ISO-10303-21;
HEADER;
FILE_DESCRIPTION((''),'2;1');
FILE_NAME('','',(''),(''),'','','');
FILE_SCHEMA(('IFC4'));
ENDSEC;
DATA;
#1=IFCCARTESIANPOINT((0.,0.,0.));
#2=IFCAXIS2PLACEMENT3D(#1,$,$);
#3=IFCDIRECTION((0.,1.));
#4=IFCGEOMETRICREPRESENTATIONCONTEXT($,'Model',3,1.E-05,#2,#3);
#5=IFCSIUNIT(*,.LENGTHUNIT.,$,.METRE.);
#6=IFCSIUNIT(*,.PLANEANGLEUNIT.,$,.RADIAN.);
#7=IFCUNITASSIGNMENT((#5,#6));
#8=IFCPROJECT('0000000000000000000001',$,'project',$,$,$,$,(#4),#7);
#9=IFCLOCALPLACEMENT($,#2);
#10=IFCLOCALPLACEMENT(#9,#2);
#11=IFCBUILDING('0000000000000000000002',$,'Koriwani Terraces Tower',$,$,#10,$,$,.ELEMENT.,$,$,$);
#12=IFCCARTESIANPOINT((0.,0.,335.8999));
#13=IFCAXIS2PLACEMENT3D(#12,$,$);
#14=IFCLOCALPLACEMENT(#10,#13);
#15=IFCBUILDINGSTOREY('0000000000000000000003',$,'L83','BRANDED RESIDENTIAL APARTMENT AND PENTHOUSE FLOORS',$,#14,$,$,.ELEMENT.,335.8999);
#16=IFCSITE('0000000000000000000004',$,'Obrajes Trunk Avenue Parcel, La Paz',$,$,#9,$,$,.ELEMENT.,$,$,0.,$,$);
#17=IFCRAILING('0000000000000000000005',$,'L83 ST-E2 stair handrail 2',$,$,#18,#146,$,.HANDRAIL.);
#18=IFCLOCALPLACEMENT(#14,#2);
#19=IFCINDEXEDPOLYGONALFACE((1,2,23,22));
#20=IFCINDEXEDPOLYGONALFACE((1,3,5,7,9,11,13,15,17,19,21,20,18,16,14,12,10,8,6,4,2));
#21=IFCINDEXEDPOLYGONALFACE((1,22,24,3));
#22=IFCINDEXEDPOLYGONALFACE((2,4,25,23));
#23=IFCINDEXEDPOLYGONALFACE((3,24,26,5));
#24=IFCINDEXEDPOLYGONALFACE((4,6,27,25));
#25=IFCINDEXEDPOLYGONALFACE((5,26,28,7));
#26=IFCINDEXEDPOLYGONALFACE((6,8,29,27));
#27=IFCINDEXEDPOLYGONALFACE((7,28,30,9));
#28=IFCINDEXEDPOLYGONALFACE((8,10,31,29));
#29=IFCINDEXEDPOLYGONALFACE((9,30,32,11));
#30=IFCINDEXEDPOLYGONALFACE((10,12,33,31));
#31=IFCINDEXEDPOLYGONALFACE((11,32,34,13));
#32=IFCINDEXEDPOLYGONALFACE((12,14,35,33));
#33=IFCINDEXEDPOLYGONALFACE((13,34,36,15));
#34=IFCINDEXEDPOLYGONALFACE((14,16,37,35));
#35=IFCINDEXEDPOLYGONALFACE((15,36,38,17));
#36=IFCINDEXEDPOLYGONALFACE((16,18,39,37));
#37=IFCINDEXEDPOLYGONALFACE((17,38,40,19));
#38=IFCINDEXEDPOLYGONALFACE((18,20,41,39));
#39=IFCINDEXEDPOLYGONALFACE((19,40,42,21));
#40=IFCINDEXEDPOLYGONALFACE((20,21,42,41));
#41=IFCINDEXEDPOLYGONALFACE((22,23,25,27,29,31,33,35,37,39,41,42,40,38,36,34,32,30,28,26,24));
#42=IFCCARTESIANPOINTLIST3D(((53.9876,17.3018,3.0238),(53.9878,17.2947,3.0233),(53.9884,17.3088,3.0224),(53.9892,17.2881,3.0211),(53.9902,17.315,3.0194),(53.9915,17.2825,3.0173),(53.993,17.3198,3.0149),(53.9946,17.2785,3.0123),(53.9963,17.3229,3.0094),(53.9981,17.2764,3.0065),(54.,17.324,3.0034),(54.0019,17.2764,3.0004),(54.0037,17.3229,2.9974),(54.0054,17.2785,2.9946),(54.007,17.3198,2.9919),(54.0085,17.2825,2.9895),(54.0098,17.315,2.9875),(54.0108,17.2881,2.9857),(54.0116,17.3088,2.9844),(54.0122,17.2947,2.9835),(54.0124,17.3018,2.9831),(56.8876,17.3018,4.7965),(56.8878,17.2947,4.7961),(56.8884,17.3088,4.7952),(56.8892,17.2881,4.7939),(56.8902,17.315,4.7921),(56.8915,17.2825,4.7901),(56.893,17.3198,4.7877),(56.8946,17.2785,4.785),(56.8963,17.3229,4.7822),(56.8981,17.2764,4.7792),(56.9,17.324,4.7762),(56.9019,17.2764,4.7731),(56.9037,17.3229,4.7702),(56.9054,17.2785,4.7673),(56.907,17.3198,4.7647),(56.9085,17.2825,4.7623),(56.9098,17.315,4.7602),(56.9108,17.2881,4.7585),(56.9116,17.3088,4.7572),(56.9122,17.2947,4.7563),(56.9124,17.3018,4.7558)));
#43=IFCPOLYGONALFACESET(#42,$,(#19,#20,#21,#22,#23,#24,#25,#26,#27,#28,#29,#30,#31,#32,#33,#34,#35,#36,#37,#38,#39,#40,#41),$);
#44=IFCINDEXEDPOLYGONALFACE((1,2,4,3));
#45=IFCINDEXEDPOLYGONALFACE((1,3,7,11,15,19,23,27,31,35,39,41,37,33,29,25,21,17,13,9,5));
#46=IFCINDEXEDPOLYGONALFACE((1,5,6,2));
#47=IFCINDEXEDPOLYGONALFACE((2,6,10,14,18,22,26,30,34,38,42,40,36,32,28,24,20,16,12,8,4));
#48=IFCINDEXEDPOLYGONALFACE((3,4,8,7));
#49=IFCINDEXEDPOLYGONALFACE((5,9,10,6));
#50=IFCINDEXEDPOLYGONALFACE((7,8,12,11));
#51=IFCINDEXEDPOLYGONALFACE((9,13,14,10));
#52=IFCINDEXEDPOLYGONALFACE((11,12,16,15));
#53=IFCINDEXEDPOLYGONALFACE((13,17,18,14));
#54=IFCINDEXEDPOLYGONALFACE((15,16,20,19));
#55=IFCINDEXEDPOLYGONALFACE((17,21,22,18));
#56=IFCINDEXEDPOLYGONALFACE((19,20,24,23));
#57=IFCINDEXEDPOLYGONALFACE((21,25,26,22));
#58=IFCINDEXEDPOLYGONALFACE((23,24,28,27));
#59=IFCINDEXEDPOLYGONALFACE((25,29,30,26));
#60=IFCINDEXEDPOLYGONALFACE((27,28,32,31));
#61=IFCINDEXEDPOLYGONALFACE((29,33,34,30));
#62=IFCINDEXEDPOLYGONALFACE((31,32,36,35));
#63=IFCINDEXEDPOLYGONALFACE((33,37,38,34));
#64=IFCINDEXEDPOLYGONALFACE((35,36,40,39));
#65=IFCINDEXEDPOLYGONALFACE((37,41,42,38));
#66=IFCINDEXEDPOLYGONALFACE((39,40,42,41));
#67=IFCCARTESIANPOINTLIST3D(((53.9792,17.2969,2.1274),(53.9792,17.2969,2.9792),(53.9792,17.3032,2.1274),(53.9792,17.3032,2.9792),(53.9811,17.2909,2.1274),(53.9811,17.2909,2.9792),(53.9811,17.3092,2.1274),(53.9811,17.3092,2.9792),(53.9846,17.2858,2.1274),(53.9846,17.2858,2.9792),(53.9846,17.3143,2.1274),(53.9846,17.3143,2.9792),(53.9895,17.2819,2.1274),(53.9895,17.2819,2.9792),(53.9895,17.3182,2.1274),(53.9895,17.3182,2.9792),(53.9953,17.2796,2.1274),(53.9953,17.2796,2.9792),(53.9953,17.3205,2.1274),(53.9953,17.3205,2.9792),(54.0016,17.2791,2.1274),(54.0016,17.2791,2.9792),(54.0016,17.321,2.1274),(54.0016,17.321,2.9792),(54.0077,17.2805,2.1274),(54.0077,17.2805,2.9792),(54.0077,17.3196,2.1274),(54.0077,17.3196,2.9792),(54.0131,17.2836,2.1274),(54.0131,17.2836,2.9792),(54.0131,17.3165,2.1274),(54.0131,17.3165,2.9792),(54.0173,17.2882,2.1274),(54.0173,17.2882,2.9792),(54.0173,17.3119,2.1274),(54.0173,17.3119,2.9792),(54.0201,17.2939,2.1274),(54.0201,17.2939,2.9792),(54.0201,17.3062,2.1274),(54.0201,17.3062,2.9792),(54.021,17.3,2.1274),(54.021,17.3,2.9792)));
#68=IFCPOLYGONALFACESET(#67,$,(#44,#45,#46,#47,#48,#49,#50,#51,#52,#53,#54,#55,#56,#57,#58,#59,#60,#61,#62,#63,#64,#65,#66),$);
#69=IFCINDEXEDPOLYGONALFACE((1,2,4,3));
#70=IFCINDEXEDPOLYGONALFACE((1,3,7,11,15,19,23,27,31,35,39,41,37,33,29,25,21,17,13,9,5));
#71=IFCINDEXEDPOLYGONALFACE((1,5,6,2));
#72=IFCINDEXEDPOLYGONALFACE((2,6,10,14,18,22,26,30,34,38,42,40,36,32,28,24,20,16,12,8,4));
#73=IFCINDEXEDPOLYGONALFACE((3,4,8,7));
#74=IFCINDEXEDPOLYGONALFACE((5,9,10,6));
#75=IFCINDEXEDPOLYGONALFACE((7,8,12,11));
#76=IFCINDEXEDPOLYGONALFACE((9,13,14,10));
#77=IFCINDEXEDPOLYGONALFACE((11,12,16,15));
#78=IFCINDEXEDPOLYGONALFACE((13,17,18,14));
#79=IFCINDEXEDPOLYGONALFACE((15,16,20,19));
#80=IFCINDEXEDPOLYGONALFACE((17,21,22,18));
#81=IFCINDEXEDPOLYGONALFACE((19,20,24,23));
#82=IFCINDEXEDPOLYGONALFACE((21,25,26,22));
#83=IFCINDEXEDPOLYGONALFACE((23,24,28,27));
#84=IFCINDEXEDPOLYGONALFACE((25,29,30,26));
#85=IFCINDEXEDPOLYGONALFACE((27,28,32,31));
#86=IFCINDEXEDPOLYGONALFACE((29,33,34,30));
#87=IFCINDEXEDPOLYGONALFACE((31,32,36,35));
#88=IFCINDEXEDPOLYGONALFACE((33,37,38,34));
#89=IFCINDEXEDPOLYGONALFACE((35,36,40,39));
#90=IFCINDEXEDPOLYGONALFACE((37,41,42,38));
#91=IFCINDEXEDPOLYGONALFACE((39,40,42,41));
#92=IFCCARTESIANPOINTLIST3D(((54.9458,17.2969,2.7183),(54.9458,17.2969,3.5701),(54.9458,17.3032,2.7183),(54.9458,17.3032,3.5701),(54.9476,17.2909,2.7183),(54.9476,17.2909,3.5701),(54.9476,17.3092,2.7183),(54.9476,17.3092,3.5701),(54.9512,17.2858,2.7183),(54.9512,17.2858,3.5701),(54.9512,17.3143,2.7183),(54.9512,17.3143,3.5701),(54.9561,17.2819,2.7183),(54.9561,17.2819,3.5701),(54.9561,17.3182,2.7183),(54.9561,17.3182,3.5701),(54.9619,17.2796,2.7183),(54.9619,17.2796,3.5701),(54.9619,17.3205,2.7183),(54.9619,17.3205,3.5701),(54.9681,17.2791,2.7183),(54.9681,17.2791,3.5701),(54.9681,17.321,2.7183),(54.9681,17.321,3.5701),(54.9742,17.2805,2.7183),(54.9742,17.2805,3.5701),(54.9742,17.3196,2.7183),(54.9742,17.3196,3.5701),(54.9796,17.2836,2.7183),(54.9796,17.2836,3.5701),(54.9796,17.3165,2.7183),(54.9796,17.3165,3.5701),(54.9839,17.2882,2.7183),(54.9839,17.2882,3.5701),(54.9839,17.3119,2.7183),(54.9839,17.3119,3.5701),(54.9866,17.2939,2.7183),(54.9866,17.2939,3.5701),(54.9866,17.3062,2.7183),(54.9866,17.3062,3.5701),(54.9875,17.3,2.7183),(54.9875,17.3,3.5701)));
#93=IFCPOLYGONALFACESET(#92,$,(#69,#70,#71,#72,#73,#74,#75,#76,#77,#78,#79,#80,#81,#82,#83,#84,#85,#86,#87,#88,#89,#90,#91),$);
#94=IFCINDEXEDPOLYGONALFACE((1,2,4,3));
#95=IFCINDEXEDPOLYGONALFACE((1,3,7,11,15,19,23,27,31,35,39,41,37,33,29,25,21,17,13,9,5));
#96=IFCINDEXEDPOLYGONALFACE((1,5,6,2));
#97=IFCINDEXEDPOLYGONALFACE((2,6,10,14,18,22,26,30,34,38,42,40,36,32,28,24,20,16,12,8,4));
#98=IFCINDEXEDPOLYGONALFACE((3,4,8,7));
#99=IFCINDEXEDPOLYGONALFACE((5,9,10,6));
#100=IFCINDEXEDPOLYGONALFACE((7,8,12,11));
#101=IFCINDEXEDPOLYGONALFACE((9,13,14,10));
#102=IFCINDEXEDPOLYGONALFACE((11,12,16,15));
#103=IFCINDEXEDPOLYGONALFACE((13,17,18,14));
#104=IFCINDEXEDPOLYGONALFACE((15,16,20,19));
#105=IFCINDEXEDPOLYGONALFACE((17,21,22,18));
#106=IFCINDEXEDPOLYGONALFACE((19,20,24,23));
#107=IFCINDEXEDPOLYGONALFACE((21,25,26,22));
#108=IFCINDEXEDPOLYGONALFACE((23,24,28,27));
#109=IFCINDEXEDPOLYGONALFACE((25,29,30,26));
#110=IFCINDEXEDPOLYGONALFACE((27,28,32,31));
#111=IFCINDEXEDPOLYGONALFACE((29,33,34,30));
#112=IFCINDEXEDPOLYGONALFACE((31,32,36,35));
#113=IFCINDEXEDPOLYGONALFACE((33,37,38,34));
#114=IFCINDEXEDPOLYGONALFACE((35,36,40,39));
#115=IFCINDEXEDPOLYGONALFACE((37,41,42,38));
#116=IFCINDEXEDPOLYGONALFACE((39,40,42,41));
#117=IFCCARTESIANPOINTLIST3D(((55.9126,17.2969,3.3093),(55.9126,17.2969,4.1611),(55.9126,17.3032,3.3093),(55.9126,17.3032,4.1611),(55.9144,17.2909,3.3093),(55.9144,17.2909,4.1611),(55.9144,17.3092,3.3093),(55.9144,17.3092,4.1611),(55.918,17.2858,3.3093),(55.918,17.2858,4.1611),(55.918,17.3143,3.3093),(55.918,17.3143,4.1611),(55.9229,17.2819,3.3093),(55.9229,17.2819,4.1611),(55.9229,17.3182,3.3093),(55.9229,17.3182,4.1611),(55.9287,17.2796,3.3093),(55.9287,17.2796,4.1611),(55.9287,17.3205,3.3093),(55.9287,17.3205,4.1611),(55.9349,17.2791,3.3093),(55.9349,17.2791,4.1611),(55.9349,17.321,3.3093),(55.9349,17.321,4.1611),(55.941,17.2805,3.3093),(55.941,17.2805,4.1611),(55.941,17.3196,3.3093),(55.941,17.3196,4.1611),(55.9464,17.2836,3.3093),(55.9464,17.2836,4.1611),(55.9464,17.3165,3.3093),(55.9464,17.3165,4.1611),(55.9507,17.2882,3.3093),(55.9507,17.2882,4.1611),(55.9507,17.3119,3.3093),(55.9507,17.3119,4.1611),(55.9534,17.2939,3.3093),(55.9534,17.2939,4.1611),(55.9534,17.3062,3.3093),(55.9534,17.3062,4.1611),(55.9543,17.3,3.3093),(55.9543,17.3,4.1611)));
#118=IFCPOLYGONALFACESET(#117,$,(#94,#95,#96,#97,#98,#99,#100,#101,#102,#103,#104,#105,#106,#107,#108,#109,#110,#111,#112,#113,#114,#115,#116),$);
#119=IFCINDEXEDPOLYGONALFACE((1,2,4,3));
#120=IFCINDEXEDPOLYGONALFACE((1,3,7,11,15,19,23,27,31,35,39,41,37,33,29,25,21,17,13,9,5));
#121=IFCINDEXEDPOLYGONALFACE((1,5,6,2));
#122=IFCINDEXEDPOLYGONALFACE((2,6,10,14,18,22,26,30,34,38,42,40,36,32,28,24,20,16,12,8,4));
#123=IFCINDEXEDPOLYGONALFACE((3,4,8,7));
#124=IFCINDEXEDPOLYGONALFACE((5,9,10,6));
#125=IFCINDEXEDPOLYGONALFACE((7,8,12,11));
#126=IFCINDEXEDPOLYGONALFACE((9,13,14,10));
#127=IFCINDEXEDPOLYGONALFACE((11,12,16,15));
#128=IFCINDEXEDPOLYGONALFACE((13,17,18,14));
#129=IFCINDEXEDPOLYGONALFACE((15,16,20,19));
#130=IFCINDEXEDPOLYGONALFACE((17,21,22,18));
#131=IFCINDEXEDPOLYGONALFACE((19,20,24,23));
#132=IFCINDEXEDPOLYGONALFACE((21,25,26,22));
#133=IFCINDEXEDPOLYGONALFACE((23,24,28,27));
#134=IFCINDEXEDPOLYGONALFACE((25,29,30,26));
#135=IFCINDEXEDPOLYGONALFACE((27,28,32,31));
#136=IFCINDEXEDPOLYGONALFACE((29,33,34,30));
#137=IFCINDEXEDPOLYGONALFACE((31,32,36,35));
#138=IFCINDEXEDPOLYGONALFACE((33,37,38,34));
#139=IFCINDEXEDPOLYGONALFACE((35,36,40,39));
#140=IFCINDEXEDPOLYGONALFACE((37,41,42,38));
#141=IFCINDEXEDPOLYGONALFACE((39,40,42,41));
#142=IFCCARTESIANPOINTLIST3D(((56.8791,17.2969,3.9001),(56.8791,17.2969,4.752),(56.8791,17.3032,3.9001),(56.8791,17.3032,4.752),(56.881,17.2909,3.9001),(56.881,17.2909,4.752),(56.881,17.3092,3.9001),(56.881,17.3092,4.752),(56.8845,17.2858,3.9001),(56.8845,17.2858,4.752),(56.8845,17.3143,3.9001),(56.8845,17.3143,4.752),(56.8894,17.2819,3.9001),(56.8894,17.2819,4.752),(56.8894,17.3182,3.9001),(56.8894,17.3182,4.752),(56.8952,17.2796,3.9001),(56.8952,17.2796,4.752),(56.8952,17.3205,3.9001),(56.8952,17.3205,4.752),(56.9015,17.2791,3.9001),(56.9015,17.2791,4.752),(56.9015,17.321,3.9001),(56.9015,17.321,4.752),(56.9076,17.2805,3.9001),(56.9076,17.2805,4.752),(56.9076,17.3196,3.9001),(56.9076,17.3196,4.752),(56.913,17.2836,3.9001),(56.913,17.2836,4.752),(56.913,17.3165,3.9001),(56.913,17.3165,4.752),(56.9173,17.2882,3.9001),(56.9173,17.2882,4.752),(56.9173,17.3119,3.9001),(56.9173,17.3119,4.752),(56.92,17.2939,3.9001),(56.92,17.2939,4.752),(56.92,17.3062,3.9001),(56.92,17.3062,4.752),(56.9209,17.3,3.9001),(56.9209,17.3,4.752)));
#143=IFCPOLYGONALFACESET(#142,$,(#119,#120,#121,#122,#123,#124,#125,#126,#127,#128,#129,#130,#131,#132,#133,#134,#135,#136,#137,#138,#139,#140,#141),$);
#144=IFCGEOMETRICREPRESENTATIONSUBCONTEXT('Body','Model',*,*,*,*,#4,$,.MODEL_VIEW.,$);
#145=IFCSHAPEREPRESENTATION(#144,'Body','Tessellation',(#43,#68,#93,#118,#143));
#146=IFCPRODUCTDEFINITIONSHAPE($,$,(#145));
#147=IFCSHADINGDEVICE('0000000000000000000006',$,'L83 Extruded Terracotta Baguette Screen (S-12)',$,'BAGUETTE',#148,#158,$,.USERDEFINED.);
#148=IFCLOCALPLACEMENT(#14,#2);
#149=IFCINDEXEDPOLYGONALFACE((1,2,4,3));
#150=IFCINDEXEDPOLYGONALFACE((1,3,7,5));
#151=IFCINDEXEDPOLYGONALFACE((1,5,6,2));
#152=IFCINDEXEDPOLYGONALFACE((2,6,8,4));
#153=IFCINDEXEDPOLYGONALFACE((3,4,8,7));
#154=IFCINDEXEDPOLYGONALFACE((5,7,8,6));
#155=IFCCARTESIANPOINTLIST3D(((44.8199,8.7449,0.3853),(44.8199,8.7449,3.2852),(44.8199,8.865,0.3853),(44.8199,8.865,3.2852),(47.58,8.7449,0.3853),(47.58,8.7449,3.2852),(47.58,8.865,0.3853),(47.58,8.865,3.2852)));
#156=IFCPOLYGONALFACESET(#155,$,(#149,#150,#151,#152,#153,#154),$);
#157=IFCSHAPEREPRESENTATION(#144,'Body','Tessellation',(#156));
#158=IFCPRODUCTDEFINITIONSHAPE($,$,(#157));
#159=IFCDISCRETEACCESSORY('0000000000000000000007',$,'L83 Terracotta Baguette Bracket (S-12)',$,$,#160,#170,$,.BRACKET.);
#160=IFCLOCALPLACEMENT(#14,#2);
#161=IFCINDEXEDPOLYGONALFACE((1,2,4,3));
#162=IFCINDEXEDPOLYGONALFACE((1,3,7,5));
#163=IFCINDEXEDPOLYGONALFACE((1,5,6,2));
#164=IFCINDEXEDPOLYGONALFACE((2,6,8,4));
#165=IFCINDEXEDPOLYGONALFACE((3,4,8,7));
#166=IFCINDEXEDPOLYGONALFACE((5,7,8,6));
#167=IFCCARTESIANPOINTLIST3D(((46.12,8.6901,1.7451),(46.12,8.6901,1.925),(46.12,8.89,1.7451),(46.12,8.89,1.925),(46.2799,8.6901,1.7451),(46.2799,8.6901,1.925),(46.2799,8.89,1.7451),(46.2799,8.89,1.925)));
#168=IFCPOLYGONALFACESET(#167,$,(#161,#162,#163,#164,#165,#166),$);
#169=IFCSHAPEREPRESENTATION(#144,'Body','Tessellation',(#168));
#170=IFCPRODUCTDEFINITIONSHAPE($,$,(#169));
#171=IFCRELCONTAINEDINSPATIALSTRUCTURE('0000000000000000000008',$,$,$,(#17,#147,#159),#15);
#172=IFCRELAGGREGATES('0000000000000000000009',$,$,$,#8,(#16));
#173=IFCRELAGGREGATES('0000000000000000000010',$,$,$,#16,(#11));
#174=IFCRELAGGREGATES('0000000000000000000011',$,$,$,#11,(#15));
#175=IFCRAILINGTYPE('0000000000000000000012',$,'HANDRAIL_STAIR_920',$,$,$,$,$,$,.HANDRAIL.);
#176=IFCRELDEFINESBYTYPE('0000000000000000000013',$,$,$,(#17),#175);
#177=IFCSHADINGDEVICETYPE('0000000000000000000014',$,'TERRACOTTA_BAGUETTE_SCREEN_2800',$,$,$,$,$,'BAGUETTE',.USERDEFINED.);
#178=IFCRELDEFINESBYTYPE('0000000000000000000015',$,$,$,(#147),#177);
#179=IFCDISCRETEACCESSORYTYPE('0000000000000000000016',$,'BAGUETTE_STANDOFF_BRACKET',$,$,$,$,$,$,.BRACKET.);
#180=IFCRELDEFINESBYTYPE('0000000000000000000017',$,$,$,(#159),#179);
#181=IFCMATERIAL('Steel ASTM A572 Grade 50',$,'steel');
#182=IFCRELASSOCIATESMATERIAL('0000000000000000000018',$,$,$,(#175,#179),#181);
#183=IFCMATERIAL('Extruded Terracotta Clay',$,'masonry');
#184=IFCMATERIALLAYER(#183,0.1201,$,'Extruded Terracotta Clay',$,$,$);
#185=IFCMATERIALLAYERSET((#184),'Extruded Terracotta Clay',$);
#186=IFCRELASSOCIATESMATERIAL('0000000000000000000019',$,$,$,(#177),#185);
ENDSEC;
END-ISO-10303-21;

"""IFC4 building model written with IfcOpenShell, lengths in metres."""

from ifc_helpers import new_model, si_unit, direction, frame, origin, origin_2d, place, context, subcontext, project, spatial, rectangle, circle, extrude, material, layer, layer_set, type_object, element, save


model = new_model("IFC4")

# Units and contexts
model_context = context("Model", 3, precision=1e-05, world=origin(), true_north=direction((0.0, 1.0)))
body_context = subcontext(model_context, "Body", "Model", "MODEL_VIEW")
ifc_project = project(units=[si_unit("LENGTHUNIT", "METRE"), si_unit("PLANEANGLEUNIT", "RADIAN")], contexts=[model_context])

# Site, building, storey
site_placement = place(None, origin())
site = spatial("IfcSite", under=ifc_project, at=site_placement, Name="Obrajes Trunk Avenue Parcel, La Paz", CompositionType="ELEMENT", RefElevation=0.0)
building_placement = place(site_placement, origin())
building = spatial("IfcBuilding", under=site, at=building_placement, Name="Koriwani Terraces Tower", CompositionType="ELEMENT")
storey_placement = place(building_placement, frame((0.0, 0.0, 335.8999)))
storey = spatial("IfcBuildingStorey", under=building, at=storey_placement, Name="L83", Description="BRANDED RESIDENTIAL APARTMENT AND PENTHOUSE FLOORS", CompositionType="ELEMENT", Elevation=335.8999)

# Railing
ifc_material_1 = material(Name="Steel ASTM A572 Grade 50", Category="steel")
railing_type_1 = type_object("IfcRailingType", Name="HANDRAIL_STAIR_920", PredefinedType="HANDRAIL", material=ifc_material_1)
for number, where, name in (
    (1, (54.0, 17.3, 2.1274), "L83 ST-E2 stair handrail 2"),
):
    element("IfcRailing", number, at=place(storey_placement, frame(where)), inside=storey, type_object=railing_type_1, Name=name, PredefinedType="HANDRAIL", context=body_context, shape_type="SweptSolid", body=[
        extrude(circle(Radius=0.0239, at=origin_2d()), frame((0.0, 0.0, 0.876), z_axis=(0.853211, 0.0, 0.521566), x_axis=(0.0, 1.0, 0.0)), (0.0, 0.0, 1.0), 3.3989),
        extrude(circle(Radius=0.021, at=origin_2d()), origin(), (0.0, 0.0, 1.0), 0.8518),
        extrude(circle(Radius=0.021, at=origin_2d()), frame((0.9666, 0.0, 0.5908)), (0.0, 0.0, 1.0), 0.8518),
        extrude(circle(Radius=0.021, at=origin_2d()), frame((1.9333, 0.0, 1.1819)), (0.0, 0.0, 1.0), 0.8518),
        extrude(circle(Radius=0.021, at=origin_2d()), frame((2.8999, 0.0, 1.7727)), (0.0, 0.0, 1.0), 0.8518),
    ])

# Shading device
ifc_material_2 = material(Name="Extruded Terracotta Clay", Category="masonry")
ifc_layer_1 = layer(ifc_material_2, 0.1201, Name="Extruded Terracotta Clay")
ifc_layer_set_1 = layer_set([ifc_layer_1], Name="Extruded Terracotta Clay")
shading_device_type = type_object("IfcShadingDeviceType", Name="TERRACOTTA_BAGUETTE_SCREEN_2800", ElementType="BAGUETTE", PredefinedType="USERDEFINED", material=ifc_layer_set_1)
shading_device_placement = place(storey_placement, frame((46.2, 8.8049, 0.3853), z_axis=(0.0, 0.0, 1.0), x_axis=(-1.0, 0.0, 0.0)))
element("IfcShadingDevice", 2, at=shading_device_placement, inside=storey, type_object=shading_device_type, Name="L83 Extruded Terracotta Baguette Screen (S-12)", ObjectType="BAGUETTE", PredefinedType="USERDEFINED", context=body_context, shape_type="SweptSolid", body=[
    extrude(rectangle(XDim=2.76, YDim=0.1201, at=origin_2d()), origin(), (0.0, 0.0, 1.0), 2.8999),
])

# Discrete accessory
discrete_accessory_type = type_object("IfcDiscreteAccessoryType", Name="BAGUETTE_STANDOFF_BRACKET", PredefinedType="BRACKET", material=ifc_material_1)
discrete_accessory_placement = place(storey_placement, frame((46.2, 8.79, 1.7451), z_axis=(0.0, 0.0, 1.0), x_axis=(-1.0, 0.0, 0.0)))
element("IfcDiscreteAccessory", 3, at=discrete_accessory_placement, inside=storey, type_object=discrete_accessory_type, Name="L83 Terracotta Baguette Bracket (S-12)", PredefinedType="BRACKET", context=body_context, shape_type="SweptSolid", body=[
    extrude(rectangle(XDim=0.1599, YDim=0.2, at=origin_2d()), origin(), (0.0, 0.0, 1.0), 0.1799),
])

save(model, "model.ifc")
